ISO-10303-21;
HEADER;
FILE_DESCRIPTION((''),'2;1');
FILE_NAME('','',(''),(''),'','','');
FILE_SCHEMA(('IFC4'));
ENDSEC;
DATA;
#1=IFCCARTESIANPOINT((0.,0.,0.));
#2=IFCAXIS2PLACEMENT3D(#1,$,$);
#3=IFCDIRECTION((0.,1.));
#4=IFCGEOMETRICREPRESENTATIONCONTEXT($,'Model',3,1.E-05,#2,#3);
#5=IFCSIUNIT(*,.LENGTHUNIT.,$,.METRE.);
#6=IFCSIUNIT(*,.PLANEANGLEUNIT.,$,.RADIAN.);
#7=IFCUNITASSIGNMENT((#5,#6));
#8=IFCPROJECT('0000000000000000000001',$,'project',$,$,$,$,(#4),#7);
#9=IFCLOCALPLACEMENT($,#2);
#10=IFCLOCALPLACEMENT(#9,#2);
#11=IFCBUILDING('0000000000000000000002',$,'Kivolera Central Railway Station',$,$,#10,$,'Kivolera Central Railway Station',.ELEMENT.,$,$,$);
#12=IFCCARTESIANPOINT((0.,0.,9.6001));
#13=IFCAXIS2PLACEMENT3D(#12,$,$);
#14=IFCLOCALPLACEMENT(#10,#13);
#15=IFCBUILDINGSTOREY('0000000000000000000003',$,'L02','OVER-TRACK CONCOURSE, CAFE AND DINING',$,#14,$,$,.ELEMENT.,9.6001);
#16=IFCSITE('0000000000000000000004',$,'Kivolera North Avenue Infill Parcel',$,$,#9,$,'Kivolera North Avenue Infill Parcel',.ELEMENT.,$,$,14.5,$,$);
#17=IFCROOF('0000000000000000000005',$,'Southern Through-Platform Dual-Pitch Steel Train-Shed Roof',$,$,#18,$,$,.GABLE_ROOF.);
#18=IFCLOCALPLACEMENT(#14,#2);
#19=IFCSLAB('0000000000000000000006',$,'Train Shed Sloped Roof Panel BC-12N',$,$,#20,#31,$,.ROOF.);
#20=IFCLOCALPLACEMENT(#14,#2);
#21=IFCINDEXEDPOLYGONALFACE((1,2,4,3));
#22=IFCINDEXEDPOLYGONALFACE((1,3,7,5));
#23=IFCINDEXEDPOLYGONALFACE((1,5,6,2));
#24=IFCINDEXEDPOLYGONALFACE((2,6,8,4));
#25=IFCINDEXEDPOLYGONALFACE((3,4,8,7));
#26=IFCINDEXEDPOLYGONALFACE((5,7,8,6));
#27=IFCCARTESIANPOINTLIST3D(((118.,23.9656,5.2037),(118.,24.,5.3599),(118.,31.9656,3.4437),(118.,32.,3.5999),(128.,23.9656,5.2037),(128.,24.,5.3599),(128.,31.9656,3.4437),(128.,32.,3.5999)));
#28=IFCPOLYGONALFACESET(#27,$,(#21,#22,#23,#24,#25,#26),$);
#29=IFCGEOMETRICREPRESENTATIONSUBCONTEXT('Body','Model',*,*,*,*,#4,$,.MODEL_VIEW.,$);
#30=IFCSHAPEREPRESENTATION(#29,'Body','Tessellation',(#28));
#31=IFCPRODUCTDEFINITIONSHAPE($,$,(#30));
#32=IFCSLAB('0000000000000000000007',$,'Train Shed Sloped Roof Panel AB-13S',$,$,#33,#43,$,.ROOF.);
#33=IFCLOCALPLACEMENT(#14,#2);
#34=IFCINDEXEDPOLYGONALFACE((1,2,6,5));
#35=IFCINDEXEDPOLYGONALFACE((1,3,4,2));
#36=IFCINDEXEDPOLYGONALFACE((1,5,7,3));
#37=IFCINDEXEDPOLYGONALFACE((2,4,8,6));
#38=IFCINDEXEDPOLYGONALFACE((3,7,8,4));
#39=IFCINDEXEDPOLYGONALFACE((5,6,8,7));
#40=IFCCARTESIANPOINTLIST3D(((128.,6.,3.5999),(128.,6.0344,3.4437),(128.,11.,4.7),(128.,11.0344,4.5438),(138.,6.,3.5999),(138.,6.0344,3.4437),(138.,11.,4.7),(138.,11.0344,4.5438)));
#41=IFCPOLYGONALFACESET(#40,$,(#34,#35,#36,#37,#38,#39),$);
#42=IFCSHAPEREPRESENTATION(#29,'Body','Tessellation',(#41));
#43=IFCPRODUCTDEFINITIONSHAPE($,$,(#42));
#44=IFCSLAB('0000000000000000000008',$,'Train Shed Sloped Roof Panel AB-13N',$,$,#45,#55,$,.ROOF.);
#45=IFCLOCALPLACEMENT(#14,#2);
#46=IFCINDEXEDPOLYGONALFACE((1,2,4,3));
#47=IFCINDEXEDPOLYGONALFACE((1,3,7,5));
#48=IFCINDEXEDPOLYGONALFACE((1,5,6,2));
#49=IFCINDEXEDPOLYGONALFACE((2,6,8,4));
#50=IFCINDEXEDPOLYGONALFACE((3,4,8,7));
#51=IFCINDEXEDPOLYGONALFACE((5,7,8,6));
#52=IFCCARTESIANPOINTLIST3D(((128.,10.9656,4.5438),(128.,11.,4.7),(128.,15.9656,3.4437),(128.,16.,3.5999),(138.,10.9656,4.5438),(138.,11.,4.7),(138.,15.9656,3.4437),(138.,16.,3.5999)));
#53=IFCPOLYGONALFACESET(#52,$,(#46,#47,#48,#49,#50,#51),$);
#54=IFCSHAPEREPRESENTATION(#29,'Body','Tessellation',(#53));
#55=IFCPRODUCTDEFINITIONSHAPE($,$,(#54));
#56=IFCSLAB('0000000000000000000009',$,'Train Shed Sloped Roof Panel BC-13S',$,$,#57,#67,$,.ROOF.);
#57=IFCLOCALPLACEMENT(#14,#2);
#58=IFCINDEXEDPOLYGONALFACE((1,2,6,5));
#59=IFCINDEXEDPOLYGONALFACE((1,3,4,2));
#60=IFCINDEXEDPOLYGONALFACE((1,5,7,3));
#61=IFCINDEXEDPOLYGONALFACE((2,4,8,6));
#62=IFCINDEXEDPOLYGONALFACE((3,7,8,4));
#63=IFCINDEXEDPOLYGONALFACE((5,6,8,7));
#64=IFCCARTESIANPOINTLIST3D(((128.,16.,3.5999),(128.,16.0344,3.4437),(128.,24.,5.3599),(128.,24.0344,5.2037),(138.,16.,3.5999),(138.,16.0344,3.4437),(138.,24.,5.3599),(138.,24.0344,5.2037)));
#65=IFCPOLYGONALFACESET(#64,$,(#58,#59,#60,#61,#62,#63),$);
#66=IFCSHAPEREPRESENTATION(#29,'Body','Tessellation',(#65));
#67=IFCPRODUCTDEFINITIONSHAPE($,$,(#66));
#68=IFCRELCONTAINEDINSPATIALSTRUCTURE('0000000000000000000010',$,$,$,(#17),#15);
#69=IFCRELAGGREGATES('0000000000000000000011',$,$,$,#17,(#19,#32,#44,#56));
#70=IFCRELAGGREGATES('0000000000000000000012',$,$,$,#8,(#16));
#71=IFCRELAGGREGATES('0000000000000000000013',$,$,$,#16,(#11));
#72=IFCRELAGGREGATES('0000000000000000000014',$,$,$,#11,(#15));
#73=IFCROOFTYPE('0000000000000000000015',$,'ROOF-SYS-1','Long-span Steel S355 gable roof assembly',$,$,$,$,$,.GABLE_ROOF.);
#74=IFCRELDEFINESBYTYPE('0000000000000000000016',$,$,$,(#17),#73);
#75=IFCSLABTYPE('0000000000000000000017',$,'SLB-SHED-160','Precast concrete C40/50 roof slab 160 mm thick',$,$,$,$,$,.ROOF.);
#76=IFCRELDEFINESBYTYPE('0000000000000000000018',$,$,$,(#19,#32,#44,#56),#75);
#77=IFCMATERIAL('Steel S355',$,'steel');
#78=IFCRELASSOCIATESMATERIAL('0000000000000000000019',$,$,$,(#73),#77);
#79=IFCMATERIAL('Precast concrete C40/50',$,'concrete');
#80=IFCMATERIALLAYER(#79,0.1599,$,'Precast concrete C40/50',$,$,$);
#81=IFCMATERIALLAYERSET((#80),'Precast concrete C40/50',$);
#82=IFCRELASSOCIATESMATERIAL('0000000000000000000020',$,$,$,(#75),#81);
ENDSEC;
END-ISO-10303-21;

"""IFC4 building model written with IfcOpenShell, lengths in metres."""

from ifc_helpers import new_model, si_unit, direction, frame, origin, place, context, subcontext, project, spatial, polyline, outline, extrude, material, layer, layer_set, type_object, element, aggregate, save


model = new_model("IFC4")

# Units and contexts
model_context = context("Model", 3, precision=1e-05, world=origin(), true_north=direction((0.0, 1.0)))
body_context = subcontext(model_context, "Body", "Model", "MODEL_VIEW")
ifc_project = project(units=[si_unit("LENGTHUNIT", "METRE"), si_unit("PLANEANGLEUNIT", "RADIAN")], contexts=[model_context])

# Site, building, storey
site_placement = place(None, origin())
site = spatial("IfcSite", under=ifc_project, at=site_placement, Name="Kivolera North Avenue Infill Parcel", LongName="Kivolera North Avenue Infill Parcel", CompositionType="ELEMENT", RefElevation=14.5)
building_placement = place(site_placement, origin())
building = spatial("IfcBuilding", under=site, at=building_placement, Name="Kivolera Central Railway Station", LongName="Kivolera Central Railway Station", CompositionType="ELEMENT")
storey_placement = place(building_placement, frame((0.0, 0.0, 9.6001)))
storey = spatial("IfcBuildingStorey", under=building, at=storey_placement, Name="L02", Description="OVER-TRACK CONCOURSE, CAFE AND DINING", CompositionType="ELEMENT", Elevation=9.6001)

# Shared definitions
ifc_material_1 = material(Name="Steel S355", Category="steel")

# Roof, slabs
roof_type = type_object("IfcRoofType", Name="ROOF-SYS-1", Description="Long-span Steel S355 gable roof assembly", PredefinedType="GABLE_ROOF", material=ifc_material_1)
roof_placement = place(storey_placement, origin())
roof = element("IfcRoof", 1, at=roof_placement, inside=storey, type_object=roof_type, Name="Southern Through-Platform Dual-Pitch Steel Train-Shed Roof", PredefinedType="GABLE_ROOF")
ifc_material_2 = material(Name="Precast concrete C40/50", Category="concrete")
ifc_layer_1 = layer(ifc_material_2, 0.1599, Name="Precast concrete C40/50")
ifc_layer_set_1 = layer_set([ifc_layer_1], Name="Precast concrete C40/50")
slab_type = type_object("IfcSlabType", Name="SLB-SHED-160", Description="Precast concrete C40/50 roof slab 160 mm thick", PredefinedType="ROOF", material=ifc_layer_set_1)
slab_1_placement = place(storey_placement, frame((118.0, 24.0, 5.3599), z_axis=(0.0, 0.214863, 0.976644), x_axis=(1.0, 0.0, 0.0)))
slab_1 = element("IfcSlab", 2, at=slab_1_placement, type_object=slab_type, Name="Train Shed Sloped Roof Panel BC-12N", PredefinedType="ROOF", context=body_context, shape_type="SweptSolid", body=[
    extrude(outline(polyline([(0.0, 0.0), (10.0, 0.0), (10.0, 8.1913), (0.0, 8.1913), (0.0, 0.0)])), origin(), (0.0, 0.0, -1.0), 0.1599),
])
slab_2_placement = place(storey_placement, frame((128.0, 6.0, 3.5999), z_axis=(0.0, -0.21488, 0.97664), x_axis=(1.0, 0.0, 0.0)))
slab_2 = element("IfcSlab", 3, at=slab_2_placement, type_object=slab_type, Name="Train Shed Sloped Roof Panel AB-13S", PredefinedType="ROOF", context=body_context, shape_type="SweptSolid", body=[
    extrude(outline(polyline([(0.0, 0.0), (10.0, 0.0), (10.0, 5.1196), (0.0, 5.1196), (0.0, 0.0)])), origin(), (0.0, 0.0, -1.0), 0.1599),
])
slab_3_placement = place(storey_placement, frame((128.0, 11.0, 4.7), z_axis=(0.0, 0.21488, 0.97664), x_axis=(1.0, 0.0, 0.0)))
slab_3 = element("IfcSlab", 4, at=slab_3_placement, type_object=slab_type, Name="Train Shed Sloped Roof Panel AB-13N", PredefinedType="ROOF", context=body_context, shape_type="SweptSolid", body=[
    extrude(outline(polyline([(0.0, 0.0), (10.0, 0.0), (10.0, 5.1196), (0.0, 5.1196), (0.0, 0.0)])), origin(), (0.0, 0.0, -1.0), 0.1599),
])
slab_4_placement = place(storey_placement, frame((128.0, 16.0, 3.5999), z_axis=(0.0, -0.214863, 0.976644), x_axis=(1.0, 0.0, 0.0)))
slab_4 = element("IfcSlab", 5, at=slab_4_placement, type_object=slab_type, Name="Train Shed Sloped Roof Panel BC-13S", PredefinedType="ROOF", context=body_context, shape_type="SweptSolid", body=[
    extrude(outline(polyline([(0.0, 0.0), (10.0, 0.0), (10.0, 8.1913), (0.0, 8.1913), (0.0, 0.0)])), origin(), (0.0, 0.0, -1.0), 0.1599),
])
aggregate(roof, [slab_1, slab_2, slab_3, slab_4])

save(model, "model.ifc")
